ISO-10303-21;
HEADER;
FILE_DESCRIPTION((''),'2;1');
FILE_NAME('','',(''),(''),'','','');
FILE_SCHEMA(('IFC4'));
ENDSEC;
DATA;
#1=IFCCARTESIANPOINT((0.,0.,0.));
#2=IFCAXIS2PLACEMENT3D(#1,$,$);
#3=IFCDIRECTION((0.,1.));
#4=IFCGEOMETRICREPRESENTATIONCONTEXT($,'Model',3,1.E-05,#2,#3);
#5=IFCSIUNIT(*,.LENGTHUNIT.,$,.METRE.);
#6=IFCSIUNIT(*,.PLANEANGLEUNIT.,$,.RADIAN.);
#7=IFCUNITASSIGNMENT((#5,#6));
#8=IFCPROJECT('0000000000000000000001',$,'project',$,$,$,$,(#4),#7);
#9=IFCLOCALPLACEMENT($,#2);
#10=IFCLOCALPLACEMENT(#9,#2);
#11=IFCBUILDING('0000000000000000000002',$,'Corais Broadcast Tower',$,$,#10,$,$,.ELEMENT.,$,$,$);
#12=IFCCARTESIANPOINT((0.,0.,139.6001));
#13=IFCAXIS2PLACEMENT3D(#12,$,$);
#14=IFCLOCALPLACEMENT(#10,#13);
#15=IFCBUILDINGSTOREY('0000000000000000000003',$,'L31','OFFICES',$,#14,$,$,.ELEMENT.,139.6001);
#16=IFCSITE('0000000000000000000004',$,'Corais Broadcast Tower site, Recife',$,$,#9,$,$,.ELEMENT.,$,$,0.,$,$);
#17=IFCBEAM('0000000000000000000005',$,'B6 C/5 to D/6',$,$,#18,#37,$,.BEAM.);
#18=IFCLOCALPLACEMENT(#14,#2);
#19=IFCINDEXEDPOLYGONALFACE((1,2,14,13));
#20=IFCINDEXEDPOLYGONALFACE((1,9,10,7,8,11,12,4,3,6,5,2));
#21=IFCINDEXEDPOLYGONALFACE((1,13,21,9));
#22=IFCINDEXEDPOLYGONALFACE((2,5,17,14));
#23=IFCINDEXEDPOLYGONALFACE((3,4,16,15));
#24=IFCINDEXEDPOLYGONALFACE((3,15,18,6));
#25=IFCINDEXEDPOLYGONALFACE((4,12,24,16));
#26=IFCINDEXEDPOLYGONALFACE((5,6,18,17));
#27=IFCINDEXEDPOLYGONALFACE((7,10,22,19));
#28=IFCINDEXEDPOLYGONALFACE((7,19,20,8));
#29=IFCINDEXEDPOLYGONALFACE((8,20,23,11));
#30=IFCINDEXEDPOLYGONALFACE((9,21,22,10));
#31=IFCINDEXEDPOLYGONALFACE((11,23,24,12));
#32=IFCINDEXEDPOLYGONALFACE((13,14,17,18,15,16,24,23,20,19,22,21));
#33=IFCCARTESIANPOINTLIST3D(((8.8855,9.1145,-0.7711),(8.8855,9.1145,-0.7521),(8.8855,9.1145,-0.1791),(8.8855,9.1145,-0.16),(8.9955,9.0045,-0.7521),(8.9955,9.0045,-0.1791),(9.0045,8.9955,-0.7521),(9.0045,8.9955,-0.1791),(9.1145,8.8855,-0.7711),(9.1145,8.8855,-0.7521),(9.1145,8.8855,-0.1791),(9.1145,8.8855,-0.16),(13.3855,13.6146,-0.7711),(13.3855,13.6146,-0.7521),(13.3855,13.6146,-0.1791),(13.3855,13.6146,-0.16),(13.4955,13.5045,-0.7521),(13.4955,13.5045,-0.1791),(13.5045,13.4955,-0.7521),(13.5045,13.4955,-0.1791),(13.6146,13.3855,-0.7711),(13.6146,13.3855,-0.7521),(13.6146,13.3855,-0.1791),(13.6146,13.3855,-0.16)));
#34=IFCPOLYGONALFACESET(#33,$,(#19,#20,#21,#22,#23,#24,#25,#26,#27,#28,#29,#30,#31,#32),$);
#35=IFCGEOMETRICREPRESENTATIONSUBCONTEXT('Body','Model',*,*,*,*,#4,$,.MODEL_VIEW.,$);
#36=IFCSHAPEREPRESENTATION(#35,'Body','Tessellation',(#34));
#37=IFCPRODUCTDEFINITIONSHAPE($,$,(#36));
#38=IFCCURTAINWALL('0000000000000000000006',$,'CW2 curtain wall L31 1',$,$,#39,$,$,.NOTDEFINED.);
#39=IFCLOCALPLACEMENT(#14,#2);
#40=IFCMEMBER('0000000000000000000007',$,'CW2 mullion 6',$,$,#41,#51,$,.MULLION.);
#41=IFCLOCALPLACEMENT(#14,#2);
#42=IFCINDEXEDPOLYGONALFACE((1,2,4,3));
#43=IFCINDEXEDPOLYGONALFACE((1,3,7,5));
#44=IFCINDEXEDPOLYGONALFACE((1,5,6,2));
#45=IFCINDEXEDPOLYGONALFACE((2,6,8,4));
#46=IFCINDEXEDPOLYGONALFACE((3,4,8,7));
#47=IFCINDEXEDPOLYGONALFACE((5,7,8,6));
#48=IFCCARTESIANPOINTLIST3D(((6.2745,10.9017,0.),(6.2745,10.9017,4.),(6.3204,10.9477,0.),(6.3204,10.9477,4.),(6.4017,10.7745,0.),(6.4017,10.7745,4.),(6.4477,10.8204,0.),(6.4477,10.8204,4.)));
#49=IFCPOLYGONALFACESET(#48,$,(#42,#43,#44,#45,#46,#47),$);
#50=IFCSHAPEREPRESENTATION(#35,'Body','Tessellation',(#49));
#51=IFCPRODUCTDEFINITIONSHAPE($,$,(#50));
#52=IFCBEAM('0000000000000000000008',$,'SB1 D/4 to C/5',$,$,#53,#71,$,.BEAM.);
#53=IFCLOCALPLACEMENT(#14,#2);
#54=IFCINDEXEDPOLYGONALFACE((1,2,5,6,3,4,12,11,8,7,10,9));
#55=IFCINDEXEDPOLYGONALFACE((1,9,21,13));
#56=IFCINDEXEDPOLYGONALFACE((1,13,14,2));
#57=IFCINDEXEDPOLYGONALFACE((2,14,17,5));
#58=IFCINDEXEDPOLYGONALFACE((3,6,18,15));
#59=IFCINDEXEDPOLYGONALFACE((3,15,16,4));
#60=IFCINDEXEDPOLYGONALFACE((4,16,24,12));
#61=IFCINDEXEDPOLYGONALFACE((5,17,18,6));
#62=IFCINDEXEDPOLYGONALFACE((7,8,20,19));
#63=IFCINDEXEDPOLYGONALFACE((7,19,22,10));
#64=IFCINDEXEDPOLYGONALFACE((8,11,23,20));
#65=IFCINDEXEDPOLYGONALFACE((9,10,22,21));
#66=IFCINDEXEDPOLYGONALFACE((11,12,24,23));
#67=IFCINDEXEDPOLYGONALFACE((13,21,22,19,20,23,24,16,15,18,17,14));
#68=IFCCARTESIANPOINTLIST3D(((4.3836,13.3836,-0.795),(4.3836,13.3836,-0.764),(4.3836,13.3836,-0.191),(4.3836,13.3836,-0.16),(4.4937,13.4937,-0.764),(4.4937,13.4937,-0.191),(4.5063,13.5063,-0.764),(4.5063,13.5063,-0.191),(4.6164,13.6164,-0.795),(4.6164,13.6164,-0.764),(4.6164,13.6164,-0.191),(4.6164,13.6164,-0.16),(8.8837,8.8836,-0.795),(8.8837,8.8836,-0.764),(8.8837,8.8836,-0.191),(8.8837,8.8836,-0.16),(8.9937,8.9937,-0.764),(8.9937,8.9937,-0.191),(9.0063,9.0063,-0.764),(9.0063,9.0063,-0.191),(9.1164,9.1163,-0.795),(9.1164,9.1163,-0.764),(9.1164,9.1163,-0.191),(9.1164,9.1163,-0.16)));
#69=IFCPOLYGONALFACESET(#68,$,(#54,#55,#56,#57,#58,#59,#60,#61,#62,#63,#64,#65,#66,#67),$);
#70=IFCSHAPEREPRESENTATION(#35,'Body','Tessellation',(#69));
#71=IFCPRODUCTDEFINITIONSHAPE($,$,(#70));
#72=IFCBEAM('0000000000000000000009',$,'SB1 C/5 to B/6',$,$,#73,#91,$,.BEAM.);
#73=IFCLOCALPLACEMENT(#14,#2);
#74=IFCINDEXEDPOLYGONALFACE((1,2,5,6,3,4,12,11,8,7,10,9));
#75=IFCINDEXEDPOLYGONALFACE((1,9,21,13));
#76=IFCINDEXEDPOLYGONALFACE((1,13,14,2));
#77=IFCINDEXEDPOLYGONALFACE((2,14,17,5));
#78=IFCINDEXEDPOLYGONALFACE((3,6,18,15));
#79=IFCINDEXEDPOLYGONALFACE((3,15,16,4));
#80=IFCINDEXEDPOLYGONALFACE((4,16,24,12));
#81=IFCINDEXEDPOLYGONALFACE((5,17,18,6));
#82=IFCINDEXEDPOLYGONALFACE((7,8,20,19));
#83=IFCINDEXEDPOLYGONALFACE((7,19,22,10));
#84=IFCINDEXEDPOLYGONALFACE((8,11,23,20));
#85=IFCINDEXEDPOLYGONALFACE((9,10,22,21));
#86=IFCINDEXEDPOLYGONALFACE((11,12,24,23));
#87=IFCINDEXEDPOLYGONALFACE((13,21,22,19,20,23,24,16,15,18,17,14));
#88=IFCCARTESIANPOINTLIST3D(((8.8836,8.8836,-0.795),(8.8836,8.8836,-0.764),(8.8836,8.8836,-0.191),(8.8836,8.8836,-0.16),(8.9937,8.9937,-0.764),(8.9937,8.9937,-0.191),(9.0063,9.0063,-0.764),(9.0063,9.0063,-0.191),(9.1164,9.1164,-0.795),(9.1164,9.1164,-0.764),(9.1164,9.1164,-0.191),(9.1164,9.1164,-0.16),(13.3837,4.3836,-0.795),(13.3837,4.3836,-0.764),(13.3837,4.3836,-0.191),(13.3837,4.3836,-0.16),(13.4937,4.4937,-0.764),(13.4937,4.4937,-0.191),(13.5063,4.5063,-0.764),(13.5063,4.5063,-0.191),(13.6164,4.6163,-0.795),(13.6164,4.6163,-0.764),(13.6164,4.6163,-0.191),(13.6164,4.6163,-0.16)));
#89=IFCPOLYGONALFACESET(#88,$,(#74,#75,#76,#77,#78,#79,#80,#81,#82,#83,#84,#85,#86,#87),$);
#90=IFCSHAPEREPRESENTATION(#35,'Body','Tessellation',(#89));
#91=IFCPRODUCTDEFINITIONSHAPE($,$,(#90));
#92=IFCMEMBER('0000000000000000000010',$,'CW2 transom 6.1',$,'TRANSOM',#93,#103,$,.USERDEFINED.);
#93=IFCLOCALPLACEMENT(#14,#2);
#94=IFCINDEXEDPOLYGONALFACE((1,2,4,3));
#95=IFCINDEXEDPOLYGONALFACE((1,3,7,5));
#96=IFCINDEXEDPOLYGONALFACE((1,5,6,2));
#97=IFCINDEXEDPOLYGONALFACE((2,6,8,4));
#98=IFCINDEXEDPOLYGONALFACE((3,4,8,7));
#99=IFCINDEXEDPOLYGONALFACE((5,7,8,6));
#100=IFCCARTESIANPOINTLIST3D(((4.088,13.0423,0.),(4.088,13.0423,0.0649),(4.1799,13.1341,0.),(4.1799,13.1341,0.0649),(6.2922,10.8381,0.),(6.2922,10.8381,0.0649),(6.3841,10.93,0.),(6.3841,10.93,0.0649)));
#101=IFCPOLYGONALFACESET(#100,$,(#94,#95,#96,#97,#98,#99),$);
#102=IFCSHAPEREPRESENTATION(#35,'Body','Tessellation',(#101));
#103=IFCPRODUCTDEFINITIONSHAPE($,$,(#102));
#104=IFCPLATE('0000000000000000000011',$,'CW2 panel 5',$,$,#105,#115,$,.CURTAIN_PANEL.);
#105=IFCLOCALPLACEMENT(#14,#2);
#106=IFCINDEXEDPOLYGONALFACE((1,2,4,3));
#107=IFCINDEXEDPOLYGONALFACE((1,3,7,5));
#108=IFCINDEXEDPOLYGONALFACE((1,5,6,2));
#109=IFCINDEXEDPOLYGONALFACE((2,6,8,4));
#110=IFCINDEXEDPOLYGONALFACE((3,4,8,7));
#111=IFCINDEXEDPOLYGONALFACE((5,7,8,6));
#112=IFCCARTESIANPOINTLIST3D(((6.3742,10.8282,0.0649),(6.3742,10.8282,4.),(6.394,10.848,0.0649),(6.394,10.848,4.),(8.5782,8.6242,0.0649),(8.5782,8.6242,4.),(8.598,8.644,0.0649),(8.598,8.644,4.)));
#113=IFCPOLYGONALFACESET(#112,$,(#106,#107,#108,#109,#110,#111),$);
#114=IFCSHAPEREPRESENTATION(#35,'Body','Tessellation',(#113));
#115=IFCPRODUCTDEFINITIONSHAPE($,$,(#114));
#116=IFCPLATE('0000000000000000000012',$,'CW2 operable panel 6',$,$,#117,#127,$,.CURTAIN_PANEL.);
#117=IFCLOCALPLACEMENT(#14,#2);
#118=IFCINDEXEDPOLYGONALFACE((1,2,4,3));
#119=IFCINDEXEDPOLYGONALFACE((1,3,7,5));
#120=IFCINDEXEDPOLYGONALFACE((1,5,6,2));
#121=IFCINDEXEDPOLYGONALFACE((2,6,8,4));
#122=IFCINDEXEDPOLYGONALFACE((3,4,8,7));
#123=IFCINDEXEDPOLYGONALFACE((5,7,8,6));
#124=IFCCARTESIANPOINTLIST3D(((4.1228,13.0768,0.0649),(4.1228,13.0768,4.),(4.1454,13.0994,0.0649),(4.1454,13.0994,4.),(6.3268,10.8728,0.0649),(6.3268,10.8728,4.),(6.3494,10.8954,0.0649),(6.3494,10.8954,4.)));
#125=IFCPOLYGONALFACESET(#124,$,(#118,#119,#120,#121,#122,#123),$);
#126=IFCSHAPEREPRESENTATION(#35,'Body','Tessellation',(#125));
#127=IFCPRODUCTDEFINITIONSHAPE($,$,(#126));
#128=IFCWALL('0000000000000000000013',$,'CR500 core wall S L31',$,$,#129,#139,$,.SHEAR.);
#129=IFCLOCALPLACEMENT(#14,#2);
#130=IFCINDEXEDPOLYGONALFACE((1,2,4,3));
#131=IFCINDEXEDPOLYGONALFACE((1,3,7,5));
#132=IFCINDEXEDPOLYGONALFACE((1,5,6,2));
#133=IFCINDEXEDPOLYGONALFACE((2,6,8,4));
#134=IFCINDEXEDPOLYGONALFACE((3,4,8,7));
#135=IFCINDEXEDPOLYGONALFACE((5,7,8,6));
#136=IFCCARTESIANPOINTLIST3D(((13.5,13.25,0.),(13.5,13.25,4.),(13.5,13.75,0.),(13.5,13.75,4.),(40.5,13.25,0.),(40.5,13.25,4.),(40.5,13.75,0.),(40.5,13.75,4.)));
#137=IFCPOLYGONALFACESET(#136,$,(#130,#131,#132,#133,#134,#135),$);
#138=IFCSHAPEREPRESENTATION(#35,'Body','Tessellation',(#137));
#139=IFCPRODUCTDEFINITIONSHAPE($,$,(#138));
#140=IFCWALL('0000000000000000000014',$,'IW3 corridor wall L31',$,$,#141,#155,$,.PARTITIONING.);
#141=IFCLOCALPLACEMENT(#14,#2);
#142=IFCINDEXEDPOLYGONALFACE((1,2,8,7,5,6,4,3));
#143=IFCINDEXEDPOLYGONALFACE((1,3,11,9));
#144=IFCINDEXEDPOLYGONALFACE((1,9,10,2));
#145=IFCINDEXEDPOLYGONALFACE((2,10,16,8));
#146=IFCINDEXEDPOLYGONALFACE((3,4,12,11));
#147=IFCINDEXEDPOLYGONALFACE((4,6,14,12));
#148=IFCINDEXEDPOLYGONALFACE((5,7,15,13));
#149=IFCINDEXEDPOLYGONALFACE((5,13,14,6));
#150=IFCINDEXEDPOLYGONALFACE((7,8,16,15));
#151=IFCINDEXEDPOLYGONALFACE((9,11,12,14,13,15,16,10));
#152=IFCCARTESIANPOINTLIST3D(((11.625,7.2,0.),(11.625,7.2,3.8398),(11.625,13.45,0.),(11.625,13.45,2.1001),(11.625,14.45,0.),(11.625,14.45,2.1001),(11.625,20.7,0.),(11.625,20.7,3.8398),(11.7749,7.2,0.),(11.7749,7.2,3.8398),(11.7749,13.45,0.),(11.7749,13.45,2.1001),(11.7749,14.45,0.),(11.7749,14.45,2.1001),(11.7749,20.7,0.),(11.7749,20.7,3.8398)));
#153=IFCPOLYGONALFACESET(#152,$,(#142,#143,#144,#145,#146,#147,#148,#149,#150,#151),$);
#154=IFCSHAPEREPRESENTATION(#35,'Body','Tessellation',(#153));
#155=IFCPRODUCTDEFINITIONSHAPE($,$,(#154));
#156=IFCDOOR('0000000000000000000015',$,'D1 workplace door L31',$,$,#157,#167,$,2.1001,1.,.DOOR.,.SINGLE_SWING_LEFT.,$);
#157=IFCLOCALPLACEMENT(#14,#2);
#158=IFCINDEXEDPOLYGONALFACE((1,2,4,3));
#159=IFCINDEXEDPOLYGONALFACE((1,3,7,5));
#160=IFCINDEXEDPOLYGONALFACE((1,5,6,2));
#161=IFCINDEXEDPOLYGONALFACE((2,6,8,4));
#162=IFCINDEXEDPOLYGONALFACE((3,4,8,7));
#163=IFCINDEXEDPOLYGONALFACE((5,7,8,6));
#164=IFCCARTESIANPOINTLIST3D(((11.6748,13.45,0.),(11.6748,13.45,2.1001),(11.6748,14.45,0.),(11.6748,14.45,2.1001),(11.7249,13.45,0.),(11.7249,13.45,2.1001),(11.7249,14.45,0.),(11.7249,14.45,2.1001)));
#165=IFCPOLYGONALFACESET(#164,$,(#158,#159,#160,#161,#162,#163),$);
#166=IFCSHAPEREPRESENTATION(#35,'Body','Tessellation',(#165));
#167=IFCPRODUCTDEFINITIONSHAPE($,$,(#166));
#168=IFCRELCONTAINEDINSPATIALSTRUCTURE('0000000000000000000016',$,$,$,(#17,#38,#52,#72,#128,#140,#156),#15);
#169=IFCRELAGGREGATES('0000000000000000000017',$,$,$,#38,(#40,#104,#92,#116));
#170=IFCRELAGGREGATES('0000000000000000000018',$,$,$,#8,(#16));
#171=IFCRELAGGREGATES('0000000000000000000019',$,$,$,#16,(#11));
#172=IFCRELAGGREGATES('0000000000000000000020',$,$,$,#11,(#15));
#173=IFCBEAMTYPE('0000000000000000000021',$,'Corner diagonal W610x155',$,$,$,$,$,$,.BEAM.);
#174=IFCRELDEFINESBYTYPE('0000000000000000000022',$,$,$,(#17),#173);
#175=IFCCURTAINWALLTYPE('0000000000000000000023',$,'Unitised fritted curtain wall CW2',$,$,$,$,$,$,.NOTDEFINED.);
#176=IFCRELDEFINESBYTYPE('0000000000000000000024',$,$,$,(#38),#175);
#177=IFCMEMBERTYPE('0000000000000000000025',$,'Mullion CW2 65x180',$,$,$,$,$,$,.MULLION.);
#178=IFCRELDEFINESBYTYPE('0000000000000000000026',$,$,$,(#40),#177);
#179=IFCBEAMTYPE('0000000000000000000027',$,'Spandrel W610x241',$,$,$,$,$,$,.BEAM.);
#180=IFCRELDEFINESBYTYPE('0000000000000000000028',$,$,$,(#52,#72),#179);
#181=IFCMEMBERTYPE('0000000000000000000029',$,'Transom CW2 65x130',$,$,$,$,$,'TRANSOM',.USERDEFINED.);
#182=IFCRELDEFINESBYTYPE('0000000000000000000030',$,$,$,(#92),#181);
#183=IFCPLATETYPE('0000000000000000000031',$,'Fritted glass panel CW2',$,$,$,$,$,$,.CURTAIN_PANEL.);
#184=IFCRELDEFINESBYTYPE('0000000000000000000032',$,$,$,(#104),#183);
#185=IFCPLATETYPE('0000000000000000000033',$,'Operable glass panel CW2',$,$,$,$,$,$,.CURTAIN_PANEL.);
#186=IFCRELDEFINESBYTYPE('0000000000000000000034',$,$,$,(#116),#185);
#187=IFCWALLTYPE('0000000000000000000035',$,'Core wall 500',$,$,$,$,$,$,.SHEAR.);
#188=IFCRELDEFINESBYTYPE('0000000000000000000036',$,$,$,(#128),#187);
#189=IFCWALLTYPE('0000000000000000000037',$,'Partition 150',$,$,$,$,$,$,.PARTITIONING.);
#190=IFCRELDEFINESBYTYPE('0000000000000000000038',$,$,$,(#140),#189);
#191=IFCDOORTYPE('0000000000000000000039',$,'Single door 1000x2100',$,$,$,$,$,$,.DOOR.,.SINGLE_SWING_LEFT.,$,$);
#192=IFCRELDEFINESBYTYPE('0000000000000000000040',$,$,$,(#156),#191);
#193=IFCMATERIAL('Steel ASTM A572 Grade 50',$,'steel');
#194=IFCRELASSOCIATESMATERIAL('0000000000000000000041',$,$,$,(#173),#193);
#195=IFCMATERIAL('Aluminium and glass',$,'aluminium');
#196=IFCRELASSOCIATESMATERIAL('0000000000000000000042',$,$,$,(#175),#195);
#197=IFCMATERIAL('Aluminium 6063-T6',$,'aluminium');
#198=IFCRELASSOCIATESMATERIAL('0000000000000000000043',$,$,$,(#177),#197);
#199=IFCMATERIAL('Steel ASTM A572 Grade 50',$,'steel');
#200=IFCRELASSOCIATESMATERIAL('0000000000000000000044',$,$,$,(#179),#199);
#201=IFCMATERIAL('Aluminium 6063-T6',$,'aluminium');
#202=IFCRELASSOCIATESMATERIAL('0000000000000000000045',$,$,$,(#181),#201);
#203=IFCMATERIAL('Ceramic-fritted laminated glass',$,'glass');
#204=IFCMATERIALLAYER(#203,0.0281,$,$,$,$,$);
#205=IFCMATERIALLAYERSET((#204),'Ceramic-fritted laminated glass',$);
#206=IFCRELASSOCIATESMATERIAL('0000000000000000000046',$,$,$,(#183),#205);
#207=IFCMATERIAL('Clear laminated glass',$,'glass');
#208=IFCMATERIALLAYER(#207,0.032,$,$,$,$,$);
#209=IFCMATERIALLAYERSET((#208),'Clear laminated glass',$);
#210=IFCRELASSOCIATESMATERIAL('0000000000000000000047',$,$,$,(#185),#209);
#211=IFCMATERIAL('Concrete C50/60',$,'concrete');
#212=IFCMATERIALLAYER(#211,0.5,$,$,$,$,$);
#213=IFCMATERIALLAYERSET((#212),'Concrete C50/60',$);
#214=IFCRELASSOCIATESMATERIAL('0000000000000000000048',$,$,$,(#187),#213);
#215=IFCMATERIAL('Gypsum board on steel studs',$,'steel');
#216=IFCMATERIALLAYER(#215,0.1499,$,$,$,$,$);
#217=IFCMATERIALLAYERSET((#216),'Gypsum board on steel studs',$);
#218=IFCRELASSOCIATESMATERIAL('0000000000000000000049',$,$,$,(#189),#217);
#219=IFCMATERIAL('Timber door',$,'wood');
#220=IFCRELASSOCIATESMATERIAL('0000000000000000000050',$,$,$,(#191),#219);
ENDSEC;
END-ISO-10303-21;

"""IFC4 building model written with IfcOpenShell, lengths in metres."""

from ifc_helpers import new_model, si_unit, direction, frame, frame_2d, origin, origin_2d, place, context, subcontext, project, spatial, rectangle, i_section, extrude, material, layer, layer_set, material_profile, profile_set, type_object, element, fill, aggregate, save


model = new_model("IFC4")

# Units and contexts
model_context = context("Model", 3, precision=1e-05, world=origin(), true_north=direction((0.0, 1.0)))
body_context = subcontext(model_context, "Body", "Model", "MODEL_VIEW")
ifc_project = project(units=[si_unit("LENGTHUNIT", "METRE"), si_unit("PLANEANGLEUNIT", "RADIAN")], contexts=[model_context])

# Site, building, storey
site_placement = place(None, origin())
site = spatial("IfcSite", under=ifc_project, at=site_placement, Name="Corais Broadcast Tower site, Recife", CompositionType="ELEMENT", RefElevation=0.0)
building_placement = place(site_placement, origin())
building = spatial("IfcBuilding", under=site, at=building_placement, Name="Corais Broadcast Tower", CompositionType="ELEMENT")
storey_placement = place(building_placement, frame((0.0, 0.0, 139.6001)))
storey = spatial("IfcBuildingStorey", under=building, at=storey_placement, Name="L31", Description="OFFICES", CompositionType="ELEMENT", Elevation=139.6001)

# Beam
ifc_material_1 = material(Name="Steel ASTM A572 Grade 50", Category="steel")
ifc_material_profile_1 = material_profile(ifc_material_1, i_section(OverallWidth=0.324, OverallDepth=0.6111, WebThickness=0.0127, FlangeThickness=0.019, at=origin_2d()), Name="W610x155")
ifc_profile_set_1 = profile_set([ifc_material_profile_1], Name="Steel ASTM A572 Grade 50")
beam_type_1 = type_object("IfcBeamType", Name="Corner diagonal W610x155", PredefinedType="BEAM", material=ifc_profile_set_1)
beam_placement = place(storey_placement, frame((9.0, 9.0, -0.4656), z_axis=(0.707107, 0.707107, 0.0), x_axis=(-0.707107, 0.707107, 0.0)))
element("IfcBeam", 1, at=beam_placement, inside=storey, type_object=beam_type_1, Name="B6 C/5 to D/6", PredefinedType="BEAM", context=body_context, shape_type="SweptSolid", body=[
    extrude(i_section(OverallWidth=0.324, OverallDepth=0.6111, WebThickness=0.0127, FlangeThickness=0.019, at=origin_2d()), origin(), (0.0, 0.0, 1.0), 6.364),
])

# Curtain wall, member
ifc_material_2 = material(Name="Aluminium and glass", Category="aluminium")
curtain_wall_type = type_object("IfcCurtainWallType", Name="Unitised fritted curtain wall CW2", PredefinedType="NOTDEFINED", material=ifc_material_2)
curtain_wall_placement = place(storey_placement, origin())
curtain_wall = element("IfcCurtainWall", 2, at=curtain_wall_placement, inside=storey, type_object=curtain_wall_type, Name="CW2 curtain wall L31 1", PredefinedType="NOTDEFINED")
ifc_material_3 = material(Name="Aluminium 6063-T6", Category="aluminium")
ifc_material_profile_2 = material_profile(ifc_material_3, rectangle(XDim=0.0649, YDim=0.1799, at=origin_2d()), Name="Mullion CW2 65x180")
ifc_profile_set_2 = profile_set([ifc_material_profile_2], Name="Aluminium 6063-T6")
member_type_1 = type_object("IfcMemberType", Name="Mullion CW2 65x180", PredefinedType="MULLION", material=ifc_profile_set_2)
member_1_placement = place(storey_placement, frame((6.3611, 10.8611, 0.0), z_axis=(0.0, 0.0, 1.0), x_axis=(-0.707107, -0.707107, 0.0)))
member_1 = element("IfcMember", 3, at=member_1_placement, type_object=member_type_1, Name="CW2 mullion 6", PredefinedType="MULLION", context=body_context, shape_type="SweptSolid", body=[
    extrude(rectangle(XDim=0.0649, YDim=0.1799, at=origin_2d()), origin(), (0.0, 0.0, 1.0), 4.0),
])

# Beams
ifc_material_4 = material(Name="Steel ASTM A572 Grade 50", Category="steel")
ifc_material_profile_3 = material_profile(ifc_material_4, i_section(OverallWidth=0.3291, OverallDepth=0.635, WebThickness=0.0178, FlangeThickness=0.031, at=origin_2d()), Name="W610x241")
ifc_profile_set_3 = profile_set([ifc_material_profile_3], Name="Steel ASTM A572 Grade 50")
beam_type_2 = type_object("IfcBeamType", Name="Spandrel W610x241", PredefinedType="BEAM", material=ifc_profile_set_3)
for number, where, z_axis, x_axis, name in (
    (4, (4.5, 13.5, -0.4775), (0.707107, -0.707107, 0.0), (0.707107, 0.707107, 0.0), "SB1 D/4 to C/5"),
    (5, (9.0, 9.0, -0.4775), (0.707107, -0.707107, 0.0), (0.707107, 0.707107, 0.0), "SB1 C/5 to B/6"),
):
    element("IfcBeam", number, at=place(storey_placement, frame(where, z_axis=z_axis, x_axis=x_axis)), inside=storey, type_object=beam_type_2, Name=name, PredefinedType="BEAM", context=body_context, shape_type="SweptSolid", body=[
        extrude(i_section(OverallWidth=0.3291, OverallDepth=0.635, WebThickness=0.0178, FlangeThickness=0.031, at=origin_2d()), origin(), (0.0, 0.0, 1.0), 6.364),
    ])

# Member
ifc_material_5 = material(Name="Aluminium 6063-T6", Category="aluminium")
ifc_material_profile_4 = material_profile(ifc_material_5, rectangle(XDim=0.1299, YDim=0.0649, at=origin_2d()), Name="Transom CW2 65x130")
ifc_profile_set_4 = profile_set([ifc_material_profile_4], Name="Aluminium 6063-T6")
member_type_2 = type_object("IfcMemberType", Name="Transom CW2 65x130", ElementType="TRANSOM", PredefinedType="USERDEFINED", material=ifc_profile_set_4)
member_2_placement = place(storey_placement, frame((6.3381, 10.884, 0.0325), z_axis=(-0.707107, 0.707107, 0.0), x_axis=(-0.707107, -0.707107, 0.0)))
member_2 = element("IfcMember", 6, at=member_2_placement, type_object=member_type_2, Name="CW2 transom 6.1", ObjectType="TRANSOM", PredefinedType="USERDEFINED", context=body_context, shape_type="SweptSolid", body=[
    extrude(rectangle(XDim=0.1299, YDim=0.0649, at=origin_2d()), origin(), (0.0, 0.0, 1.0), 3.1172),
])

# Plates
ifc_material_6 = material(Name="Ceramic-fritted laminated glass", Category="glass")
ifc_layer_1 = layer(ifc_material_6, 0.0281)
ifc_layer_set_1 = layer_set([ifc_layer_1], Name="Ceramic-fritted laminated glass")
plate_type_1 = type_object("IfcPlateType", Name="Fritted glass panel CW2", PredefinedType="CURTAIN_PANEL", material=ifc_layer_set_1)
plate_1_placement = place(storey_placement, frame((7.4861, 9.7361, 0.0649), z_axis=(0.0, 0.0, 1.0), x_axis=(-0.707107, 0.707107, 0.0)))
plate_1 = element("IfcPlate", 7, at=plate_1_placement, type_object=plate_type_1, Name="CW2 panel 5", PredefinedType="CURTAIN_PANEL", context=body_context, shape_type="SweptSolid", body=[
    extrude(rectangle(XDim=3.1169, YDim=0.0281, at=origin_2d()), origin(), (0.0, 0.0, 1.0), 3.9351),
])
ifc_material_7 = material(Name="Clear laminated glass", Category="glass")
ifc_layer_2 = layer(ifc_material_7, 0.032)
ifc_layer_set_2 = layer_set([ifc_layer_2], Name="Clear laminated glass")
plate_type_2 = type_object("IfcPlateType", Name="Operable glass panel CW2", PredefinedType="CURTAIN_PANEL", material=ifc_layer_set_2)
plate_2_placement = place(storey_placement, frame((5.2361, 11.9861, 0.0649), z_axis=(0.0, 0.0, 1.0), x_axis=(-0.707107, 0.707107, 0.0)))
plate_2 = element("IfcPlate", 8, at=plate_2_placement, type_object=plate_type_2, Name="CW2 operable panel 6", PredefinedType="CURTAIN_PANEL", context=body_context, shape_type="SweptSolid", body=[
    extrude(rectangle(XDim=3.1169, YDim=0.032, at=origin_2d()), origin(), (0.0, 0.0, 1.0), 3.9351),
])
aggregate(curtain_wall, [member_1, plate_1, member_2, plate_2])

# Wall
ifc_material_8 = material(Name="Concrete C50/60", Category="concrete")
ifc_layer_3 = layer(ifc_material_8, 0.5)
ifc_layer_set_3 = layer_set([ifc_layer_3], Name="Concrete C50/60")
wall_type_1 = type_object("IfcWallType", Name="Core wall 500", PredefinedType="SHEAR", material=ifc_layer_set_3)
wall_1_placement = place(storey_placement, frame((13.5, 13.5, 0.0), z_axis=(0.0, 0.0, 1.0), x_axis=(1.0, 0.0, 0.0)))
element("IfcWall", 9, at=wall_1_placement, inside=storey, type_object=wall_type_1, Name="CR500 core wall S L31", PredefinedType="SHEAR", context=body_context, shape_type="SweptSolid", body=[
    extrude(rectangle(XDim=27.0, YDim=0.5, at=frame_2d((13.5, 0.0))), origin(), (0.0, 0.0, 1.0), 4.0),
])

# Wall, opening, door
ifc_material_9 = material(Name="Gypsum board on steel studs", Category="steel")
ifc_layer_4 = layer(ifc_material_9, 0.1499)
ifc_layer_set_4 = layer_set([ifc_layer_4], Name="Gypsum board on steel studs")
wall_type_2 = type_object("IfcWallType", Name="Partition 150", PredefinedType="PARTITIONING", material=ifc_layer_set_4)
wall_2_placement = place(storey_placement, frame((11.7, 20.7, 0.0), z_axis=(0.0, 0.0, 1.0), x_axis=(0.0, -1.0, 0.0)))
wall_2 = element("IfcWall", 10, at=wall_2_placement, inside=storey, type_object=wall_type_2, Name="IW3 corridor wall L31", PredefinedType="PARTITIONING", context=body_context, shape_type="SweptSolid", body=[
    extrude(rectangle(XDim=13.5, YDim=0.1499, at=frame_2d((6.75, 0.0))), origin(), (0.0, 0.0, 1.0), 3.8398),
])
opening_1_placement = place(wall_2_placement, frame((6.25, 0.0, 0.0)))
opening_1 = element("IfcOpeningElement", 11, at=opening_1_placement, cuts=wall_2, PredefinedType="OPENING", context=body_context, shape_type="SweptSolid", body=[
    extrude(rectangle(XDim=1.0, YDim=2.1001, at=frame_2d((0.5, 1.05))), frame((0.0, 0.085, 0.0), z_axis=(0.0, -1.0, 0.0), x_axis=(1.0, 0.0, 0.0)), (0.0, 0.0, 1.0), 0.1699),
])
ifc_material_10 = material(Name="Timber door", Category="wood")
door_type = type_object("IfcDoorType", Name="Single door 1000x2100", OperationType="SINGLE_SWING_LEFT", PredefinedType="DOOR", material=ifc_material_10)
door_1_placement = place(opening_1_placement, origin())
door_1 = element("IfcDoor", 12, at=door_1_placement, inside=storey, type_object=door_type, Name="D1 workplace door L31", OperationType="SINGLE_SWING_LEFT", OverallHeight=2.1001, OverallWidth=1.0, PredefinedType="DOOR", context=body_context, shape_type="SweptSolid", body=[
    extrude(rectangle(XDim=1.0, YDim=2.1001, at=frame_2d((0.5, 1.05))), frame((0.0, 0.0249, 0.0), z_axis=(0.0, -1.0, 0.0), x_axis=(1.0, 0.0, 0.0)), (0.0, 0.0, 1.0), 0.05),
])
fill(opening_1, door_1)

save(model, "model.ifc")
